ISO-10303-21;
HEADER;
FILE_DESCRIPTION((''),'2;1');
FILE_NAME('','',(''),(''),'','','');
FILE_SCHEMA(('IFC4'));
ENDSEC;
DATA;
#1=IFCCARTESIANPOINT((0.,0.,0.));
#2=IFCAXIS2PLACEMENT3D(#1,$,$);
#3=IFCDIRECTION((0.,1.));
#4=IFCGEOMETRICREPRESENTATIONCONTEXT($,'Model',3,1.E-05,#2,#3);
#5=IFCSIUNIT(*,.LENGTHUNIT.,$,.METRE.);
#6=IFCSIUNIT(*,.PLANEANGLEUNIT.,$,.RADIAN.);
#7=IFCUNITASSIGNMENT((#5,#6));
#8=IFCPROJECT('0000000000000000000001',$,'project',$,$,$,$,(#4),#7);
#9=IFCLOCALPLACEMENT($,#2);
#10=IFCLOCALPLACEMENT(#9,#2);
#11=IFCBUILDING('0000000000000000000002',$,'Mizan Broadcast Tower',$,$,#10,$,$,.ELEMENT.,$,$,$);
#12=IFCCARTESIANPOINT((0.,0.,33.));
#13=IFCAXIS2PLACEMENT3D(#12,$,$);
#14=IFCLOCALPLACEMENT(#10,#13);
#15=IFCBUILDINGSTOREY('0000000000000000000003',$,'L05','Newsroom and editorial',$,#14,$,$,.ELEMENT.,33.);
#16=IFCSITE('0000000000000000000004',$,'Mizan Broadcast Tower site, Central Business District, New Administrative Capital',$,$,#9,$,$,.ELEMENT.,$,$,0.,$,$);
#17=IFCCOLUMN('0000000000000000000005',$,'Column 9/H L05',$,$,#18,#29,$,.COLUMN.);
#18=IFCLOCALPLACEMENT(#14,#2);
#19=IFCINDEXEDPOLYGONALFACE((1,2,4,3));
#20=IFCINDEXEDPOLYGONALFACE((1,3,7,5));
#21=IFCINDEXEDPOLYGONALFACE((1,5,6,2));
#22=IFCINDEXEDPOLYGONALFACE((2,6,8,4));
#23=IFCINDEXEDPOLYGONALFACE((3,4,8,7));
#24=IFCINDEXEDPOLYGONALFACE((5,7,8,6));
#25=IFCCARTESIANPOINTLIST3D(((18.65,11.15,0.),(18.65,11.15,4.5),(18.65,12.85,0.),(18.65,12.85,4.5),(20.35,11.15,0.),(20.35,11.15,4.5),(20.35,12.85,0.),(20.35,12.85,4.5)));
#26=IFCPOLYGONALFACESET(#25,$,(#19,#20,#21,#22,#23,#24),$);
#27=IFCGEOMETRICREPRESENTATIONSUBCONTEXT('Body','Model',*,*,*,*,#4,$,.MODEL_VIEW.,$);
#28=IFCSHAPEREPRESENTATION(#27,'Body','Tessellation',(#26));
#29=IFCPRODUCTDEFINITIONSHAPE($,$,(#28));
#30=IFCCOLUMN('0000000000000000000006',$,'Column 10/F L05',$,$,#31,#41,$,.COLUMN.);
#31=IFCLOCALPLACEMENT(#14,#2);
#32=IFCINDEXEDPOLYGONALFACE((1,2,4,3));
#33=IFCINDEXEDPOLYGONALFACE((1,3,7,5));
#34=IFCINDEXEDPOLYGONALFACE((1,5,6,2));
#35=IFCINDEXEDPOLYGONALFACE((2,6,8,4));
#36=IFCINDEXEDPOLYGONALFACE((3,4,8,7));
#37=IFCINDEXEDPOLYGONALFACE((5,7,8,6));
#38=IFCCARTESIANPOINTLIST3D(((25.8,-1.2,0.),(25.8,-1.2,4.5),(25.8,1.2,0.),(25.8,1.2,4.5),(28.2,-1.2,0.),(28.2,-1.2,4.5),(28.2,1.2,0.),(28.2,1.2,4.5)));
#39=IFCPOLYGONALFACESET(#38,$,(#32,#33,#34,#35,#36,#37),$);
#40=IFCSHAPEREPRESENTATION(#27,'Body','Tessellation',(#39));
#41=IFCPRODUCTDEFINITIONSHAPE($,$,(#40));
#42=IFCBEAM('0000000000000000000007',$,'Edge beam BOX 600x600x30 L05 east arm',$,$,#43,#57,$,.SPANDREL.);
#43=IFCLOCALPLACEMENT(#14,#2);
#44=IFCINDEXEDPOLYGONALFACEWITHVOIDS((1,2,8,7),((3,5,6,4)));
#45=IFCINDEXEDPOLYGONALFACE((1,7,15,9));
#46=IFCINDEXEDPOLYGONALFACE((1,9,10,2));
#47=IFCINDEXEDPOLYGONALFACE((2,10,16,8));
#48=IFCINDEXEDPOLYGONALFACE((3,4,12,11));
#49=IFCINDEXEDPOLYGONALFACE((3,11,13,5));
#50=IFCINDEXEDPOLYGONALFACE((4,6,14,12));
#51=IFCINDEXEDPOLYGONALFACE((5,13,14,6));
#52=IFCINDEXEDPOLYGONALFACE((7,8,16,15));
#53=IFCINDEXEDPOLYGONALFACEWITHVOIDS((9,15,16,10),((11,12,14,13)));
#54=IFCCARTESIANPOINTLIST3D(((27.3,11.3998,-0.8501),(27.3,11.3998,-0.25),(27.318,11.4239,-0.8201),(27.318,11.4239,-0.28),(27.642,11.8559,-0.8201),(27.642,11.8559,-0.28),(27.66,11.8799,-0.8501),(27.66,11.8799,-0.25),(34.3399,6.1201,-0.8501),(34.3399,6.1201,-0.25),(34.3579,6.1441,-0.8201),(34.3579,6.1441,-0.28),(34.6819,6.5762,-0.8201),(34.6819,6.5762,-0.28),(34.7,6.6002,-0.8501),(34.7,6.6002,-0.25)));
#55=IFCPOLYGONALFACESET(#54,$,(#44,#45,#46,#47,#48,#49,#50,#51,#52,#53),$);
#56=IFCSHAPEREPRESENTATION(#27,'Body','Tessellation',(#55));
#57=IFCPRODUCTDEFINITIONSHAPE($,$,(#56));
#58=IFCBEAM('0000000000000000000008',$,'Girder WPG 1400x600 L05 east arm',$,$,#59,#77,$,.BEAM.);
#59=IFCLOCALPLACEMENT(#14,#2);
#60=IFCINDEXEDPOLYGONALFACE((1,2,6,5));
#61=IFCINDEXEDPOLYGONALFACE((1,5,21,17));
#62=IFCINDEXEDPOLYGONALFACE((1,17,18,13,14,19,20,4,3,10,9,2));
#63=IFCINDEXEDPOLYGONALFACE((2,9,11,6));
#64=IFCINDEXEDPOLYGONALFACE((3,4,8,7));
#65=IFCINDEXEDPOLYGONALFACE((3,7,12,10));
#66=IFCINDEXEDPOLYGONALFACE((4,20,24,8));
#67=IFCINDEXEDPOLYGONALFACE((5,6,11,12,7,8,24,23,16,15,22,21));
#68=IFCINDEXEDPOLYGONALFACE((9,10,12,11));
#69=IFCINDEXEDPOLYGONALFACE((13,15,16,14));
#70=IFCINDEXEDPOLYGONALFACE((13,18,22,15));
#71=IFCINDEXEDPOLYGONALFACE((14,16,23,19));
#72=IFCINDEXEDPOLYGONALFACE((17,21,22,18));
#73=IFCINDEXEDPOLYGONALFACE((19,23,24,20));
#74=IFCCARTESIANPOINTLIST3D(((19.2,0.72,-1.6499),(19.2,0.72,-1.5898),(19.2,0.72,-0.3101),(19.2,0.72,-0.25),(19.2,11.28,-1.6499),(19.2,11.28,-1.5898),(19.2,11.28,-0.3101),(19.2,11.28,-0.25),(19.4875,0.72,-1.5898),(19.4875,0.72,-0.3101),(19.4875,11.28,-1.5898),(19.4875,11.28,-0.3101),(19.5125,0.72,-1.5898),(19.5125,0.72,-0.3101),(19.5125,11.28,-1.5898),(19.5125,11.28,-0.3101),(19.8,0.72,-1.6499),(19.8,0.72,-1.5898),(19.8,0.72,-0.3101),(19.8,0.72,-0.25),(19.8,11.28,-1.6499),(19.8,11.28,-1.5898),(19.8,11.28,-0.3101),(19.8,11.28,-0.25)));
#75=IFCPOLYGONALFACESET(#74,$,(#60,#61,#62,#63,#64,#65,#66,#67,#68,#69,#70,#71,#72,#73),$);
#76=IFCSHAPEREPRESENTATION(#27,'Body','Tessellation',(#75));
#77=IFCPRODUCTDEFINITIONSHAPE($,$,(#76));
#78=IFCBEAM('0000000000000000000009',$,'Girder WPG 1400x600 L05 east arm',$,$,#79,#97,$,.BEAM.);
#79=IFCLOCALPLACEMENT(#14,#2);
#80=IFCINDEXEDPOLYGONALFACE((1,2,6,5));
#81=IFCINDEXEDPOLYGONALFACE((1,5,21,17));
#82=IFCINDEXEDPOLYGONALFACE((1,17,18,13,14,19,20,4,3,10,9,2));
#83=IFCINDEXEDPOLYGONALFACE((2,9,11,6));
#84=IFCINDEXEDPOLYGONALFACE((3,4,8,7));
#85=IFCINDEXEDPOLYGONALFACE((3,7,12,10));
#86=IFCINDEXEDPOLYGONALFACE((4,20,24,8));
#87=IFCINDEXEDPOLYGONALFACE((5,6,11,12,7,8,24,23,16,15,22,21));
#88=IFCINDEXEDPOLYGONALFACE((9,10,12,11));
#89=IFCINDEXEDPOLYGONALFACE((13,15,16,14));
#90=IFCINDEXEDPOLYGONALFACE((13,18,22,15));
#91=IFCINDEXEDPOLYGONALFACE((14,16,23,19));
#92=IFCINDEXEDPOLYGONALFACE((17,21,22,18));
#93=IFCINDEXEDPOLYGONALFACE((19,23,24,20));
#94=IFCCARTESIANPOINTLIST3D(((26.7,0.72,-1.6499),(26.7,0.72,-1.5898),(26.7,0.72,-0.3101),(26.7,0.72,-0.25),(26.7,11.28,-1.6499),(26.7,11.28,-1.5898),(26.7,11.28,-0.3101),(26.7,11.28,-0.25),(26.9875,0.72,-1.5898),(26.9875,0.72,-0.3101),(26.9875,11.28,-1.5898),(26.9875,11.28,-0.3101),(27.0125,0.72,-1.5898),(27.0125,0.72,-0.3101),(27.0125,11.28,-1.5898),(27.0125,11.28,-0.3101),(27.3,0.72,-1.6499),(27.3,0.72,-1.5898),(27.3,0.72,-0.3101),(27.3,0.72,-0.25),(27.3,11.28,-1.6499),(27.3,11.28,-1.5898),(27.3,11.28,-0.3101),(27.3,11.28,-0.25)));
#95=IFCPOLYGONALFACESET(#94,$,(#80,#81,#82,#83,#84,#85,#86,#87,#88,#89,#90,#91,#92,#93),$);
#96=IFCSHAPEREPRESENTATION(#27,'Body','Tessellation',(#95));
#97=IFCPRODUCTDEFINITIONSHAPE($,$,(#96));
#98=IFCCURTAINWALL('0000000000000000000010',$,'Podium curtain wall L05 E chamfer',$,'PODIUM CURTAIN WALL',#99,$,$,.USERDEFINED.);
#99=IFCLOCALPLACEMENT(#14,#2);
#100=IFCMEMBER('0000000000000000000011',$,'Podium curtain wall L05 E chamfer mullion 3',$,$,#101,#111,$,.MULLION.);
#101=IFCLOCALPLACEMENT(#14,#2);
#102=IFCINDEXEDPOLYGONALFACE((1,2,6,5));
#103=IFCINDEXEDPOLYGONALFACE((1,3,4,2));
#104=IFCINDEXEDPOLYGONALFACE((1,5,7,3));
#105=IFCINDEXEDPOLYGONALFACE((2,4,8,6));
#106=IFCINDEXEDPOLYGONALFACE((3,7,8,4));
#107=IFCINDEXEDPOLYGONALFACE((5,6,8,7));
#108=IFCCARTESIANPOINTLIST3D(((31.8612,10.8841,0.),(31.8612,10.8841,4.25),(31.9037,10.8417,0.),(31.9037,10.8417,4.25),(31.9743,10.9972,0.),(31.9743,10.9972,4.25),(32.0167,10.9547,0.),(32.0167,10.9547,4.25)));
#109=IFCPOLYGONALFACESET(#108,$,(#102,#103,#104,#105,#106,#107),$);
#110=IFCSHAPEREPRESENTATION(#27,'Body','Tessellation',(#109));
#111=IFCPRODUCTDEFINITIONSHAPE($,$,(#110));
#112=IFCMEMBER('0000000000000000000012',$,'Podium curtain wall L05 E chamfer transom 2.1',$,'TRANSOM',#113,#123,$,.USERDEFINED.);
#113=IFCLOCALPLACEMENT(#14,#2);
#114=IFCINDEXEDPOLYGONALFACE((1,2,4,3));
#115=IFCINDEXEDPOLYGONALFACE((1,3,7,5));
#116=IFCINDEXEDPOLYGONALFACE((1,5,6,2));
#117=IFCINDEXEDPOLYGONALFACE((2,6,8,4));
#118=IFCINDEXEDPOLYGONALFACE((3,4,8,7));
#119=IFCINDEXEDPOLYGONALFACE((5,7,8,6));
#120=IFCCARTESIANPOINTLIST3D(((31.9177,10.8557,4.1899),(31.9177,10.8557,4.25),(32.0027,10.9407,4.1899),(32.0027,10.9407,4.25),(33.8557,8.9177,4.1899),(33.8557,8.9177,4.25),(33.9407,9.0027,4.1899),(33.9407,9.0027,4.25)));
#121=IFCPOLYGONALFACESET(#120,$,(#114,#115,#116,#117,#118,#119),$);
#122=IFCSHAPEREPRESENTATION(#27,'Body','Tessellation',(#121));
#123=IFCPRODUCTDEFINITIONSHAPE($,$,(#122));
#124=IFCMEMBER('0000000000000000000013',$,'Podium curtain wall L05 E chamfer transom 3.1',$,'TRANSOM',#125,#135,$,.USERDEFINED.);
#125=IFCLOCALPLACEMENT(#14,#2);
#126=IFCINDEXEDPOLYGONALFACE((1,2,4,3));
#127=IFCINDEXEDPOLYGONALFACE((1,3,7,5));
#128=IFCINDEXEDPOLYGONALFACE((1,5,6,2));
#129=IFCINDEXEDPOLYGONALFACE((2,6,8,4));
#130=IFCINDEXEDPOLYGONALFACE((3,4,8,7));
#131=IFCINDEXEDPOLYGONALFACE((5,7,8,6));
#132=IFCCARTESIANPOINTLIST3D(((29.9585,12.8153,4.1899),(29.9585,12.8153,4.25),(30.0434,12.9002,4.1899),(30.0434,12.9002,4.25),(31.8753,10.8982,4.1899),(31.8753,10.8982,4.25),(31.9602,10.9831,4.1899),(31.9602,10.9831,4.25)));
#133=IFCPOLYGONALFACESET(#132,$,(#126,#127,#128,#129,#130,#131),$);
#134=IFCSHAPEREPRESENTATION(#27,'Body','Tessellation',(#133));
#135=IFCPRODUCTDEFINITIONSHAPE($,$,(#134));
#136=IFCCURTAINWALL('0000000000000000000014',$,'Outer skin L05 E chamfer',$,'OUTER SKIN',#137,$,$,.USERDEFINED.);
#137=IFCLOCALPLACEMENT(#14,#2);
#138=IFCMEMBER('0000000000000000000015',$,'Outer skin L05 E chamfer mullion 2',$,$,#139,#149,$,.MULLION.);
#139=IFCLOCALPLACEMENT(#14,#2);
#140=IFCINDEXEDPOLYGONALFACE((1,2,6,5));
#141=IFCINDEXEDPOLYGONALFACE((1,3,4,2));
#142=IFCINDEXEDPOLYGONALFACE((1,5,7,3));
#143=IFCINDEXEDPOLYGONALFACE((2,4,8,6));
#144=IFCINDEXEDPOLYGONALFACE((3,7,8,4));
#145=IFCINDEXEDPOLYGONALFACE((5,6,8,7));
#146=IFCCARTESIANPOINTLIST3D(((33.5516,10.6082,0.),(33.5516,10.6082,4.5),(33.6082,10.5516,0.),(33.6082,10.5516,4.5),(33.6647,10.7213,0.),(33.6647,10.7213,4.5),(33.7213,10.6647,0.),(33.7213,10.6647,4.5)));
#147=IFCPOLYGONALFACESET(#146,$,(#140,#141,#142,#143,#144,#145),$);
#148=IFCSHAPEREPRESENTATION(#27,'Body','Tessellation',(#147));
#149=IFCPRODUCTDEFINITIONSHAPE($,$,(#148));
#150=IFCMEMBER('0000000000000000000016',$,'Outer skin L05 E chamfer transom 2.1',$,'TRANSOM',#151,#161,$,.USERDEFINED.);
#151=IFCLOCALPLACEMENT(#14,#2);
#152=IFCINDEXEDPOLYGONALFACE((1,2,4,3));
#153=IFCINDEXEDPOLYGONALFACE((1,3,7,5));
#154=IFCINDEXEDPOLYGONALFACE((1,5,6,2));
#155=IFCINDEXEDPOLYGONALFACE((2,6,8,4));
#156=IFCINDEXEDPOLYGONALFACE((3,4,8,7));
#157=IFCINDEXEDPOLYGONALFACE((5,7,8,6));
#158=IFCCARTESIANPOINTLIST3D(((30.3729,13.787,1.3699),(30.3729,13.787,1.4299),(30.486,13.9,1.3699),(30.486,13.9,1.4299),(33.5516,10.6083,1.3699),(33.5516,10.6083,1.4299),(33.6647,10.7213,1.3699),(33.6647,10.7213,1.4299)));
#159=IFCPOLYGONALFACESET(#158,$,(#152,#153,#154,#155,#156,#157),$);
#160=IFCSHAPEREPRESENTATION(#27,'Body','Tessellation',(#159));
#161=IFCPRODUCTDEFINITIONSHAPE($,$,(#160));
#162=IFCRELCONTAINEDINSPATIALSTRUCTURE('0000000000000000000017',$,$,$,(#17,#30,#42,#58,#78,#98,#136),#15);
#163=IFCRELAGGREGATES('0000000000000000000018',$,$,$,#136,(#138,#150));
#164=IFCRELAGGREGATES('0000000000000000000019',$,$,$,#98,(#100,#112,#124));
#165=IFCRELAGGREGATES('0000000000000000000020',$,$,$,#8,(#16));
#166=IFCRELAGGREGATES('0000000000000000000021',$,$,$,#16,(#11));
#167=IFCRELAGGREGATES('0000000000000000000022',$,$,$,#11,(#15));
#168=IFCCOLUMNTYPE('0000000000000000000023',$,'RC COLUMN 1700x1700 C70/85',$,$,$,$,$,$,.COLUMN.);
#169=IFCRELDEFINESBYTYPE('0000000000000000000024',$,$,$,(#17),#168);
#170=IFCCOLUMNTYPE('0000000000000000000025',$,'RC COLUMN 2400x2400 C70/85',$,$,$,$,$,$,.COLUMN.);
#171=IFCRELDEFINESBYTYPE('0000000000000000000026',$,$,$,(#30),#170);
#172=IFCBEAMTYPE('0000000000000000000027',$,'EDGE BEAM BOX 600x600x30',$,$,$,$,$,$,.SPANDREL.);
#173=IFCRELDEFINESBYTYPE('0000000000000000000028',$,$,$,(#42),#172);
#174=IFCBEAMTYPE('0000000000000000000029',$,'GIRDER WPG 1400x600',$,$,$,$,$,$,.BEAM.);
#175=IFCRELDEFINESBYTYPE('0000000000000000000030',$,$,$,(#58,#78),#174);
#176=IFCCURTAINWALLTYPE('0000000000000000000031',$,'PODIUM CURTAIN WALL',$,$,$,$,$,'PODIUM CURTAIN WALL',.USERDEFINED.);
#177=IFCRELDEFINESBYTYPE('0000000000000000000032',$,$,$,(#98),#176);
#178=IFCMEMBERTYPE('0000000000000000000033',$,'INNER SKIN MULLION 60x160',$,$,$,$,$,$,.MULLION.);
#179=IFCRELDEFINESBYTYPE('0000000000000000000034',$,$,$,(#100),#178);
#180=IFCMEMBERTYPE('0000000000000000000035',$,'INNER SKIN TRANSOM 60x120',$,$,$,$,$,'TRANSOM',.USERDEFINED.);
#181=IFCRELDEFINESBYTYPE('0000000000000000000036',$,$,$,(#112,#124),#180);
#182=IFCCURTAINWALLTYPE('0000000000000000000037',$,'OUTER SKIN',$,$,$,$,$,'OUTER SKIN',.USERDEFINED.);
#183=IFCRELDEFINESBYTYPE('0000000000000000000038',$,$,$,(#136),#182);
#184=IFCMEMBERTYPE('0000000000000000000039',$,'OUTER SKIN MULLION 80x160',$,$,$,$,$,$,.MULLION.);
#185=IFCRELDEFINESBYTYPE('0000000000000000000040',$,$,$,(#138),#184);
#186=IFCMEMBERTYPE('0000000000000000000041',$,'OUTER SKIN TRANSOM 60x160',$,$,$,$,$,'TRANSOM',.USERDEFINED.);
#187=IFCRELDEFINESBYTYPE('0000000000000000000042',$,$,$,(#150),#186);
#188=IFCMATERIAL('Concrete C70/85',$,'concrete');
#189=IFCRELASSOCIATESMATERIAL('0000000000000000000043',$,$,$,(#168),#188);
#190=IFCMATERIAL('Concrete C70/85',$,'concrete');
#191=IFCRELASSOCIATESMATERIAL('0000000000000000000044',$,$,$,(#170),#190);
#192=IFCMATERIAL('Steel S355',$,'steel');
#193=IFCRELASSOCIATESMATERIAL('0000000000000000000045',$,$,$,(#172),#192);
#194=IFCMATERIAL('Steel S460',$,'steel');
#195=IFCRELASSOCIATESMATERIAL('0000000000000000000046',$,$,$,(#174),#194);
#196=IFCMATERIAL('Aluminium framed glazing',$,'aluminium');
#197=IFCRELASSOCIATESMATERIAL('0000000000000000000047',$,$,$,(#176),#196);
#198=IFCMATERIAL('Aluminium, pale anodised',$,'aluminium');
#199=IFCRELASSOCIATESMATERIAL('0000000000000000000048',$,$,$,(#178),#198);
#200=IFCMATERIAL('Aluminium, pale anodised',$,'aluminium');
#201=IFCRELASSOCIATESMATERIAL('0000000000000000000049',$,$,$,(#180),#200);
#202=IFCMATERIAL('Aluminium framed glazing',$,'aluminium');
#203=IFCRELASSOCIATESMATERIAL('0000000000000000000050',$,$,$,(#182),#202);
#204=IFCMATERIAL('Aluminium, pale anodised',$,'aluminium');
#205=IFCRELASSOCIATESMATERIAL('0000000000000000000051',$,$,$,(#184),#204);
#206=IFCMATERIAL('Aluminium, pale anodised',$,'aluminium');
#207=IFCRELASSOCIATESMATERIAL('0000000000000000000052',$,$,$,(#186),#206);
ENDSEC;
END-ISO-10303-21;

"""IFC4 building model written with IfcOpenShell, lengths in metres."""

from ifc_helpers import new_model, si_unit, direction, frame, origin, origin_2d, place, context, subcontext, project, spatial, rectangle, hollow_rectangle, i_section, extrude, material, material_profile, profile_set, type_object, element, aggregate, save


model = new_model("IFC4")

# Units and contexts
model_context = context("Model", 3, precision=1e-05, world=origin(), true_north=direction((0.0, 1.0)))
body_context = subcontext(model_context, "Body", "Model", "MODEL_VIEW")
ifc_project = project(units=[si_unit("LENGTHUNIT", "METRE"), si_unit("PLANEANGLEUNIT", "RADIAN")], contexts=[model_context])

# Site, building, storey
site_placement = place(None, origin())
site = spatial("IfcSite", under=ifc_project, at=site_placement, Name="Mizan Broadcast Tower site, Central Business District, New Administrative Capital", CompositionType="ELEMENT", RefElevation=0.0)
building_placement = place(site_placement, origin())
building = spatial("IfcBuilding", under=site, at=building_placement, Name="Mizan Broadcast Tower", CompositionType="ELEMENT")
storey_placement = place(building_placement, frame((0.0, 0.0, 33.0)))
storey = spatial("IfcBuildingStorey", under=building, at=storey_placement, Name="L05", Description="Newsroom and editorial", CompositionType="ELEMENT", Elevation=33.0)

# Columns
ifc_material_1 = material(Name="Concrete C70/85", Category="concrete")
ifc_material_profile_1 = material_profile(ifc_material_1, rectangle(XDim=1.7, YDim=1.7, at=origin_2d()), Name="RC 1700x1700")
ifc_profile_set_1 = profile_set([ifc_material_profile_1], Name="Concrete C70/85")
column_type_1 = type_object("IfcColumnType", Name="RC COLUMN 1700x1700 C70/85", PredefinedType="COLUMN", material=ifc_profile_set_1)
column_1_placement = place(storey_placement, frame((19.5, 12.0, 0.0), z_axis=(0.0, 0.0, 1.0), x_axis=(1.0, 0.0, 0.0)))
element("IfcColumn", 1, at=column_1_placement, inside=storey, type_object=column_type_1, Name="Column 9/H L05", PredefinedType="COLUMN", context=body_context, shape_type="SweptSolid", body=[
    extrude(rectangle(XDim=1.7, YDim=1.7, at=origin_2d()), origin(), (0.0, 0.0, 1.0), 4.5),
])
ifc_material_2 = material(Name="Concrete C70/85", Category="concrete")
ifc_material_profile_2 = material_profile(ifc_material_2, rectangle(XDim=2.3999, YDim=2.3999, at=origin_2d()), Name="RC 2400x2400")
ifc_profile_set_2 = profile_set([ifc_material_profile_2], Name="Concrete C70/85")
column_type_2 = type_object("IfcColumnType", Name="RC COLUMN 2400x2400 C70/85", PredefinedType="COLUMN", material=ifc_profile_set_2)
column_2_placement = place(storey_placement, frame((27.0, 0.0, 0.0), z_axis=(0.0, 0.0, 1.0), x_axis=(1.0, 0.0, 0.0)))
element("IfcColumn", 2, at=column_2_placement, inside=storey, type_object=column_type_2, Name="Column 10/F L05", PredefinedType="COLUMN", context=body_context, shape_type="SweptSolid", body=[
    extrude(rectangle(XDim=2.3999, YDim=2.3999, at=origin_2d()), origin(), (0.0, 0.0, 1.0), 4.5),
])

# Beams
ifc_material_3 = material(Name="Steel S355", Category="steel")
ifc_material_profile_3 = material_profile(ifc_material_3, hollow_rectangle(XDim=0.6001, YDim=0.6001, WallThickness=0.03, at=origin_2d()), Name="BOX 600x600x30")
ifc_profile_set_3 = profile_set([ifc_material_profile_3], Name="Steel S355")
beam_type_1 = type_object("IfcBeamType", Name="EDGE BEAM BOX 600x600x30", PredefinedType="SPANDREL", material=ifc_profile_set_3)
beam_1_placement = place(storey_placement, frame((27.48, 11.6399, -0.55), z_axis=(0.800013, -0.599982, 0.0), x_axis=(0.599982, 0.800013, 0.0)))
element("IfcBeam", 3, at=beam_1_placement, inside=storey, type_object=beam_type_1, Name="Edge beam BOX 600x600x30 L05 east arm", PredefinedType="SPANDREL", context=body_context, shape_type="SweptSolid", body=[
    extrude(hollow_rectangle(XDim=0.6001, YDim=0.6001, WallThickness=0.03, at=origin_2d()), origin(), (0.0, 0.0, 1.0), 8.7998),
])
ifc_material_4 = material(Name="Steel S460", Category="steel")
ifc_material_profile_4 = material_profile(ifc_material_4, i_section(OverallWidth=0.6001, OverallDepth=1.3999, WebThickness=0.0249, FlangeThickness=0.0601, at=origin_2d()), Name="WPG 1400x600")
ifc_profile_set_4 = profile_set([ifc_material_profile_4], Name="Steel S460")
beam_type_2 = type_object("IfcBeamType", Name="GIRDER WPG 1400x600", PredefinedType="BEAM", material=ifc_profile_set_4)
for number, where, z_axis, x_axis, name in (
    (4, (19.5, 0.72, -0.95), (0.0, 1.0, 0.0), (-1.0, 0.0, 0.0), "Girder WPG 1400x600 L05 east arm"),
    (5, (27.0, 0.72, -0.95), (0.0, 1.0, 0.0), (-1.0, 0.0, 0.0), "Girder WPG 1400x600 L05 east arm"),
):
    element("IfcBeam", number, at=place(storey_placement, frame(where, z_axis=z_axis, x_axis=x_axis)), inside=storey, type_object=beam_type_2, Name=name, PredefinedType="BEAM", context=body_context, shape_type="SweptSolid", body=[
        extrude(i_section(OverallWidth=0.6001, OverallDepth=1.3999, WebThickness=0.0249, FlangeThickness=0.0601, at=origin_2d()), origin(), (0.0, 0.0, 1.0), 10.5601),
    ])

# Curtain walls, members
ifc_material_5 = material(Name="Aluminium framed glazing", Category="aluminium")
curtain_wall_type_1 = type_object("IfcCurtainWallType", Name="PODIUM CURTAIN WALL", ElementType="PODIUM CURTAIN WALL", PredefinedType="USERDEFINED", material=ifc_material_5)
curtain_wall_1_placement = place(storey_placement, origin())
curtain_wall_1 = element("IfcCurtainWall", 6, at=curtain_wall_1_placement, inside=storey, type_object=curtain_wall_type_1, Name="Podium curtain wall L05 E chamfer", ObjectType="PODIUM CURTAIN WALL", PredefinedType="USERDEFINED")
ifc_material_6 = material(Name="Aluminium, pale anodised", Category="aluminium")
ifc_material_profile_5 = material_profile(ifc_material_6, rectangle(XDim=0.1599, YDim=0.0601, at=origin_2d()), Name="MULLION 160x60")
ifc_profile_set_5 = profile_set([ifc_material_profile_5], Name="Aluminium, pale anodised")
member_type_1 = type_object("IfcMemberType", Name="INNER SKIN MULLION 60x160", PredefinedType="MULLION", material=ifc_profile_set_5)
member_1_placement = place(storey_placement, frame((31.939, 10.9194, 0.0), z_axis=(0.0, 0.0, 1.0), x_axis=(-0.707107, -0.707107, 0.0)))
member_1 = element("IfcMember", 7, at=member_1_placement, type_object=member_type_1, Name="Podium curtain wall L05 E chamfer mullion 3", PredefinedType="MULLION", context=body_context, shape_type="SweptSolid", body=[
    extrude(rectangle(XDim=0.1599, YDim=0.0601, at=origin_2d()), origin(), (0.0, 0.0, 1.0), 4.25),
])
ifc_material_7 = material(Name="Aluminium, pale anodised", Category="aluminium")
ifc_material_profile_6 = material_profile(ifc_material_7, rectangle(XDim=0.1201, YDim=0.0601, at=origin_2d()), Name="TRANSOM 120x60")
ifc_profile_set_6 = profile_set([ifc_material_profile_6], Name="Aluminium, pale anodised")
member_type_2 = type_object("IfcMemberType", Name="INNER SKIN TRANSOM 60x120", ElementType="TRANSOM", PredefinedType="USERDEFINED", material=ifc_profile_set_6)
member_2_placement = place(storey_placement, frame((33.8982, 8.9602, 4.22), z_axis=(-0.707107, 0.707107, 0.0), x_axis=(-0.707107, -0.707107, 0.0)))
member_2 = element("IfcMember", 8, at=member_2_placement, type_object=member_type_2, Name="Podium curtain wall L05 E chamfer transom 2.1", ObjectType="TRANSOM", PredefinedType="USERDEFINED", context=body_context, shape_type="SweptSolid", body=[
    extrude(rectangle(XDim=0.1201, YDim=0.0601, at=origin_2d()), origin(), (0.0, 0.0, 1.0), 2.7407),
])
member_3_placement = place(storey_placement, frame((31.9177, 10.9407, 4.22), z_axis=(-0.707062, 0.707152, 0.0), x_axis=(-0.707152, -0.707062, 0.0)))
member_3 = element("IfcMember", 9, at=member_3_placement, type_object=member_type_2, Name="Podium curtain wall L05 E chamfer transom 3.1", ObjectType="TRANSOM", PredefinedType="USERDEFINED", context=body_context, shape_type="SweptSolid", body=[
    extrude(rectangle(XDim=0.1201, YDim=0.0601, at=origin_2d()), origin(), (0.0, 0.0, 1.0), 2.7109),
])
ifc_material_8 = material(Name="Aluminium framed glazing", Category="aluminium")
curtain_wall_type_2 = type_object("IfcCurtainWallType", Name="OUTER SKIN", ElementType="OUTER SKIN", PredefinedType="USERDEFINED", material=ifc_material_8)
curtain_wall_2_placement = place(storey_placement, origin())
curtain_wall_2 = element("IfcCurtainWall", 10, at=curtain_wall_2_placement, inside=storey, type_object=curtain_wall_type_2, Name="Outer skin L05 E chamfer", ObjectType="OUTER SKIN", PredefinedType="USERDEFINED")
ifc_material_9 = material(Name="Aluminium, pale anodised", Category="aluminium")
ifc_material_profile_7 = material_profile(ifc_material_9, rectangle(XDim=0.1599, YDim=0.0801, at=origin_2d()), Name="MULLION 160x80")
ifc_profile_set_7 = profile_set([ifc_material_profile_7], Name="Aluminium, pale anodised")
member_type_3 = type_object("IfcMemberType", Name="OUTER SKIN MULLION 80x160", PredefinedType="MULLION", material=ifc_profile_set_7)
member_4_placement = place(storey_placement, frame((33.6365, 10.6365, 0.0), z_axis=(0.0, 0.0, 1.0), x_axis=(-0.707107, -0.707107, 0.0)))
member_4 = element("IfcMember", 11, at=member_4_placement, type_object=member_type_3, Name="Outer skin L05 E chamfer mullion 2", PredefinedType="MULLION", context=body_context, shape_type="SweptSolid", body=[
    extrude(rectangle(XDim=0.1599, YDim=0.0801, at=origin_2d()), origin(), (0.0, 0.0, 1.0), 4.5),
])
ifc_material_10 = material(Name="Aluminium, pale anodised", Category="aluminium")
ifc_material_profile_8 = material_profile(ifc_material_10, rectangle(XDim=0.1599, YDim=0.0601, at=origin_2d()), Name="TRANSOM 160x60")
ifc_profile_set_8 = profile_set([ifc_material_profile_8], Name="Aluminium, pale anodised")
member_type_4 = type_object("IfcMemberType", Name="OUTER SKIN TRANSOM 60x160", ElementType="TRANSOM", PredefinedType="USERDEFINED", material=ifc_profile_set_8)
member_5_placement = place(storey_placement, frame((33.6082, 10.6648, 1.3999), z_axis=(-0.707107, 0.707107, 0.0), x_axis=(-0.707107, -0.707107, 0.0)))
member_5 = element("IfcMember", 12, at=member_5_placement, type_object=member_type_4, Name="Outer skin L05 E chamfer transom 2.1", ObjectType="TRANSOM", PredefinedType="USERDEFINED", context=body_context, shape_type="SweptSolid", body=[
    extrude(rectangle(XDim=0.1599, YDim=0.0601, at=origin_2d()), origin(), (0.0, 0.0, 1.0), 4.4954),
])
aggregate(curtain_wall_2, [member_4, member_5])

aggregate(curtain_wall_1, [member_1, member_2, member_3])

save(model, "model.ifc")
